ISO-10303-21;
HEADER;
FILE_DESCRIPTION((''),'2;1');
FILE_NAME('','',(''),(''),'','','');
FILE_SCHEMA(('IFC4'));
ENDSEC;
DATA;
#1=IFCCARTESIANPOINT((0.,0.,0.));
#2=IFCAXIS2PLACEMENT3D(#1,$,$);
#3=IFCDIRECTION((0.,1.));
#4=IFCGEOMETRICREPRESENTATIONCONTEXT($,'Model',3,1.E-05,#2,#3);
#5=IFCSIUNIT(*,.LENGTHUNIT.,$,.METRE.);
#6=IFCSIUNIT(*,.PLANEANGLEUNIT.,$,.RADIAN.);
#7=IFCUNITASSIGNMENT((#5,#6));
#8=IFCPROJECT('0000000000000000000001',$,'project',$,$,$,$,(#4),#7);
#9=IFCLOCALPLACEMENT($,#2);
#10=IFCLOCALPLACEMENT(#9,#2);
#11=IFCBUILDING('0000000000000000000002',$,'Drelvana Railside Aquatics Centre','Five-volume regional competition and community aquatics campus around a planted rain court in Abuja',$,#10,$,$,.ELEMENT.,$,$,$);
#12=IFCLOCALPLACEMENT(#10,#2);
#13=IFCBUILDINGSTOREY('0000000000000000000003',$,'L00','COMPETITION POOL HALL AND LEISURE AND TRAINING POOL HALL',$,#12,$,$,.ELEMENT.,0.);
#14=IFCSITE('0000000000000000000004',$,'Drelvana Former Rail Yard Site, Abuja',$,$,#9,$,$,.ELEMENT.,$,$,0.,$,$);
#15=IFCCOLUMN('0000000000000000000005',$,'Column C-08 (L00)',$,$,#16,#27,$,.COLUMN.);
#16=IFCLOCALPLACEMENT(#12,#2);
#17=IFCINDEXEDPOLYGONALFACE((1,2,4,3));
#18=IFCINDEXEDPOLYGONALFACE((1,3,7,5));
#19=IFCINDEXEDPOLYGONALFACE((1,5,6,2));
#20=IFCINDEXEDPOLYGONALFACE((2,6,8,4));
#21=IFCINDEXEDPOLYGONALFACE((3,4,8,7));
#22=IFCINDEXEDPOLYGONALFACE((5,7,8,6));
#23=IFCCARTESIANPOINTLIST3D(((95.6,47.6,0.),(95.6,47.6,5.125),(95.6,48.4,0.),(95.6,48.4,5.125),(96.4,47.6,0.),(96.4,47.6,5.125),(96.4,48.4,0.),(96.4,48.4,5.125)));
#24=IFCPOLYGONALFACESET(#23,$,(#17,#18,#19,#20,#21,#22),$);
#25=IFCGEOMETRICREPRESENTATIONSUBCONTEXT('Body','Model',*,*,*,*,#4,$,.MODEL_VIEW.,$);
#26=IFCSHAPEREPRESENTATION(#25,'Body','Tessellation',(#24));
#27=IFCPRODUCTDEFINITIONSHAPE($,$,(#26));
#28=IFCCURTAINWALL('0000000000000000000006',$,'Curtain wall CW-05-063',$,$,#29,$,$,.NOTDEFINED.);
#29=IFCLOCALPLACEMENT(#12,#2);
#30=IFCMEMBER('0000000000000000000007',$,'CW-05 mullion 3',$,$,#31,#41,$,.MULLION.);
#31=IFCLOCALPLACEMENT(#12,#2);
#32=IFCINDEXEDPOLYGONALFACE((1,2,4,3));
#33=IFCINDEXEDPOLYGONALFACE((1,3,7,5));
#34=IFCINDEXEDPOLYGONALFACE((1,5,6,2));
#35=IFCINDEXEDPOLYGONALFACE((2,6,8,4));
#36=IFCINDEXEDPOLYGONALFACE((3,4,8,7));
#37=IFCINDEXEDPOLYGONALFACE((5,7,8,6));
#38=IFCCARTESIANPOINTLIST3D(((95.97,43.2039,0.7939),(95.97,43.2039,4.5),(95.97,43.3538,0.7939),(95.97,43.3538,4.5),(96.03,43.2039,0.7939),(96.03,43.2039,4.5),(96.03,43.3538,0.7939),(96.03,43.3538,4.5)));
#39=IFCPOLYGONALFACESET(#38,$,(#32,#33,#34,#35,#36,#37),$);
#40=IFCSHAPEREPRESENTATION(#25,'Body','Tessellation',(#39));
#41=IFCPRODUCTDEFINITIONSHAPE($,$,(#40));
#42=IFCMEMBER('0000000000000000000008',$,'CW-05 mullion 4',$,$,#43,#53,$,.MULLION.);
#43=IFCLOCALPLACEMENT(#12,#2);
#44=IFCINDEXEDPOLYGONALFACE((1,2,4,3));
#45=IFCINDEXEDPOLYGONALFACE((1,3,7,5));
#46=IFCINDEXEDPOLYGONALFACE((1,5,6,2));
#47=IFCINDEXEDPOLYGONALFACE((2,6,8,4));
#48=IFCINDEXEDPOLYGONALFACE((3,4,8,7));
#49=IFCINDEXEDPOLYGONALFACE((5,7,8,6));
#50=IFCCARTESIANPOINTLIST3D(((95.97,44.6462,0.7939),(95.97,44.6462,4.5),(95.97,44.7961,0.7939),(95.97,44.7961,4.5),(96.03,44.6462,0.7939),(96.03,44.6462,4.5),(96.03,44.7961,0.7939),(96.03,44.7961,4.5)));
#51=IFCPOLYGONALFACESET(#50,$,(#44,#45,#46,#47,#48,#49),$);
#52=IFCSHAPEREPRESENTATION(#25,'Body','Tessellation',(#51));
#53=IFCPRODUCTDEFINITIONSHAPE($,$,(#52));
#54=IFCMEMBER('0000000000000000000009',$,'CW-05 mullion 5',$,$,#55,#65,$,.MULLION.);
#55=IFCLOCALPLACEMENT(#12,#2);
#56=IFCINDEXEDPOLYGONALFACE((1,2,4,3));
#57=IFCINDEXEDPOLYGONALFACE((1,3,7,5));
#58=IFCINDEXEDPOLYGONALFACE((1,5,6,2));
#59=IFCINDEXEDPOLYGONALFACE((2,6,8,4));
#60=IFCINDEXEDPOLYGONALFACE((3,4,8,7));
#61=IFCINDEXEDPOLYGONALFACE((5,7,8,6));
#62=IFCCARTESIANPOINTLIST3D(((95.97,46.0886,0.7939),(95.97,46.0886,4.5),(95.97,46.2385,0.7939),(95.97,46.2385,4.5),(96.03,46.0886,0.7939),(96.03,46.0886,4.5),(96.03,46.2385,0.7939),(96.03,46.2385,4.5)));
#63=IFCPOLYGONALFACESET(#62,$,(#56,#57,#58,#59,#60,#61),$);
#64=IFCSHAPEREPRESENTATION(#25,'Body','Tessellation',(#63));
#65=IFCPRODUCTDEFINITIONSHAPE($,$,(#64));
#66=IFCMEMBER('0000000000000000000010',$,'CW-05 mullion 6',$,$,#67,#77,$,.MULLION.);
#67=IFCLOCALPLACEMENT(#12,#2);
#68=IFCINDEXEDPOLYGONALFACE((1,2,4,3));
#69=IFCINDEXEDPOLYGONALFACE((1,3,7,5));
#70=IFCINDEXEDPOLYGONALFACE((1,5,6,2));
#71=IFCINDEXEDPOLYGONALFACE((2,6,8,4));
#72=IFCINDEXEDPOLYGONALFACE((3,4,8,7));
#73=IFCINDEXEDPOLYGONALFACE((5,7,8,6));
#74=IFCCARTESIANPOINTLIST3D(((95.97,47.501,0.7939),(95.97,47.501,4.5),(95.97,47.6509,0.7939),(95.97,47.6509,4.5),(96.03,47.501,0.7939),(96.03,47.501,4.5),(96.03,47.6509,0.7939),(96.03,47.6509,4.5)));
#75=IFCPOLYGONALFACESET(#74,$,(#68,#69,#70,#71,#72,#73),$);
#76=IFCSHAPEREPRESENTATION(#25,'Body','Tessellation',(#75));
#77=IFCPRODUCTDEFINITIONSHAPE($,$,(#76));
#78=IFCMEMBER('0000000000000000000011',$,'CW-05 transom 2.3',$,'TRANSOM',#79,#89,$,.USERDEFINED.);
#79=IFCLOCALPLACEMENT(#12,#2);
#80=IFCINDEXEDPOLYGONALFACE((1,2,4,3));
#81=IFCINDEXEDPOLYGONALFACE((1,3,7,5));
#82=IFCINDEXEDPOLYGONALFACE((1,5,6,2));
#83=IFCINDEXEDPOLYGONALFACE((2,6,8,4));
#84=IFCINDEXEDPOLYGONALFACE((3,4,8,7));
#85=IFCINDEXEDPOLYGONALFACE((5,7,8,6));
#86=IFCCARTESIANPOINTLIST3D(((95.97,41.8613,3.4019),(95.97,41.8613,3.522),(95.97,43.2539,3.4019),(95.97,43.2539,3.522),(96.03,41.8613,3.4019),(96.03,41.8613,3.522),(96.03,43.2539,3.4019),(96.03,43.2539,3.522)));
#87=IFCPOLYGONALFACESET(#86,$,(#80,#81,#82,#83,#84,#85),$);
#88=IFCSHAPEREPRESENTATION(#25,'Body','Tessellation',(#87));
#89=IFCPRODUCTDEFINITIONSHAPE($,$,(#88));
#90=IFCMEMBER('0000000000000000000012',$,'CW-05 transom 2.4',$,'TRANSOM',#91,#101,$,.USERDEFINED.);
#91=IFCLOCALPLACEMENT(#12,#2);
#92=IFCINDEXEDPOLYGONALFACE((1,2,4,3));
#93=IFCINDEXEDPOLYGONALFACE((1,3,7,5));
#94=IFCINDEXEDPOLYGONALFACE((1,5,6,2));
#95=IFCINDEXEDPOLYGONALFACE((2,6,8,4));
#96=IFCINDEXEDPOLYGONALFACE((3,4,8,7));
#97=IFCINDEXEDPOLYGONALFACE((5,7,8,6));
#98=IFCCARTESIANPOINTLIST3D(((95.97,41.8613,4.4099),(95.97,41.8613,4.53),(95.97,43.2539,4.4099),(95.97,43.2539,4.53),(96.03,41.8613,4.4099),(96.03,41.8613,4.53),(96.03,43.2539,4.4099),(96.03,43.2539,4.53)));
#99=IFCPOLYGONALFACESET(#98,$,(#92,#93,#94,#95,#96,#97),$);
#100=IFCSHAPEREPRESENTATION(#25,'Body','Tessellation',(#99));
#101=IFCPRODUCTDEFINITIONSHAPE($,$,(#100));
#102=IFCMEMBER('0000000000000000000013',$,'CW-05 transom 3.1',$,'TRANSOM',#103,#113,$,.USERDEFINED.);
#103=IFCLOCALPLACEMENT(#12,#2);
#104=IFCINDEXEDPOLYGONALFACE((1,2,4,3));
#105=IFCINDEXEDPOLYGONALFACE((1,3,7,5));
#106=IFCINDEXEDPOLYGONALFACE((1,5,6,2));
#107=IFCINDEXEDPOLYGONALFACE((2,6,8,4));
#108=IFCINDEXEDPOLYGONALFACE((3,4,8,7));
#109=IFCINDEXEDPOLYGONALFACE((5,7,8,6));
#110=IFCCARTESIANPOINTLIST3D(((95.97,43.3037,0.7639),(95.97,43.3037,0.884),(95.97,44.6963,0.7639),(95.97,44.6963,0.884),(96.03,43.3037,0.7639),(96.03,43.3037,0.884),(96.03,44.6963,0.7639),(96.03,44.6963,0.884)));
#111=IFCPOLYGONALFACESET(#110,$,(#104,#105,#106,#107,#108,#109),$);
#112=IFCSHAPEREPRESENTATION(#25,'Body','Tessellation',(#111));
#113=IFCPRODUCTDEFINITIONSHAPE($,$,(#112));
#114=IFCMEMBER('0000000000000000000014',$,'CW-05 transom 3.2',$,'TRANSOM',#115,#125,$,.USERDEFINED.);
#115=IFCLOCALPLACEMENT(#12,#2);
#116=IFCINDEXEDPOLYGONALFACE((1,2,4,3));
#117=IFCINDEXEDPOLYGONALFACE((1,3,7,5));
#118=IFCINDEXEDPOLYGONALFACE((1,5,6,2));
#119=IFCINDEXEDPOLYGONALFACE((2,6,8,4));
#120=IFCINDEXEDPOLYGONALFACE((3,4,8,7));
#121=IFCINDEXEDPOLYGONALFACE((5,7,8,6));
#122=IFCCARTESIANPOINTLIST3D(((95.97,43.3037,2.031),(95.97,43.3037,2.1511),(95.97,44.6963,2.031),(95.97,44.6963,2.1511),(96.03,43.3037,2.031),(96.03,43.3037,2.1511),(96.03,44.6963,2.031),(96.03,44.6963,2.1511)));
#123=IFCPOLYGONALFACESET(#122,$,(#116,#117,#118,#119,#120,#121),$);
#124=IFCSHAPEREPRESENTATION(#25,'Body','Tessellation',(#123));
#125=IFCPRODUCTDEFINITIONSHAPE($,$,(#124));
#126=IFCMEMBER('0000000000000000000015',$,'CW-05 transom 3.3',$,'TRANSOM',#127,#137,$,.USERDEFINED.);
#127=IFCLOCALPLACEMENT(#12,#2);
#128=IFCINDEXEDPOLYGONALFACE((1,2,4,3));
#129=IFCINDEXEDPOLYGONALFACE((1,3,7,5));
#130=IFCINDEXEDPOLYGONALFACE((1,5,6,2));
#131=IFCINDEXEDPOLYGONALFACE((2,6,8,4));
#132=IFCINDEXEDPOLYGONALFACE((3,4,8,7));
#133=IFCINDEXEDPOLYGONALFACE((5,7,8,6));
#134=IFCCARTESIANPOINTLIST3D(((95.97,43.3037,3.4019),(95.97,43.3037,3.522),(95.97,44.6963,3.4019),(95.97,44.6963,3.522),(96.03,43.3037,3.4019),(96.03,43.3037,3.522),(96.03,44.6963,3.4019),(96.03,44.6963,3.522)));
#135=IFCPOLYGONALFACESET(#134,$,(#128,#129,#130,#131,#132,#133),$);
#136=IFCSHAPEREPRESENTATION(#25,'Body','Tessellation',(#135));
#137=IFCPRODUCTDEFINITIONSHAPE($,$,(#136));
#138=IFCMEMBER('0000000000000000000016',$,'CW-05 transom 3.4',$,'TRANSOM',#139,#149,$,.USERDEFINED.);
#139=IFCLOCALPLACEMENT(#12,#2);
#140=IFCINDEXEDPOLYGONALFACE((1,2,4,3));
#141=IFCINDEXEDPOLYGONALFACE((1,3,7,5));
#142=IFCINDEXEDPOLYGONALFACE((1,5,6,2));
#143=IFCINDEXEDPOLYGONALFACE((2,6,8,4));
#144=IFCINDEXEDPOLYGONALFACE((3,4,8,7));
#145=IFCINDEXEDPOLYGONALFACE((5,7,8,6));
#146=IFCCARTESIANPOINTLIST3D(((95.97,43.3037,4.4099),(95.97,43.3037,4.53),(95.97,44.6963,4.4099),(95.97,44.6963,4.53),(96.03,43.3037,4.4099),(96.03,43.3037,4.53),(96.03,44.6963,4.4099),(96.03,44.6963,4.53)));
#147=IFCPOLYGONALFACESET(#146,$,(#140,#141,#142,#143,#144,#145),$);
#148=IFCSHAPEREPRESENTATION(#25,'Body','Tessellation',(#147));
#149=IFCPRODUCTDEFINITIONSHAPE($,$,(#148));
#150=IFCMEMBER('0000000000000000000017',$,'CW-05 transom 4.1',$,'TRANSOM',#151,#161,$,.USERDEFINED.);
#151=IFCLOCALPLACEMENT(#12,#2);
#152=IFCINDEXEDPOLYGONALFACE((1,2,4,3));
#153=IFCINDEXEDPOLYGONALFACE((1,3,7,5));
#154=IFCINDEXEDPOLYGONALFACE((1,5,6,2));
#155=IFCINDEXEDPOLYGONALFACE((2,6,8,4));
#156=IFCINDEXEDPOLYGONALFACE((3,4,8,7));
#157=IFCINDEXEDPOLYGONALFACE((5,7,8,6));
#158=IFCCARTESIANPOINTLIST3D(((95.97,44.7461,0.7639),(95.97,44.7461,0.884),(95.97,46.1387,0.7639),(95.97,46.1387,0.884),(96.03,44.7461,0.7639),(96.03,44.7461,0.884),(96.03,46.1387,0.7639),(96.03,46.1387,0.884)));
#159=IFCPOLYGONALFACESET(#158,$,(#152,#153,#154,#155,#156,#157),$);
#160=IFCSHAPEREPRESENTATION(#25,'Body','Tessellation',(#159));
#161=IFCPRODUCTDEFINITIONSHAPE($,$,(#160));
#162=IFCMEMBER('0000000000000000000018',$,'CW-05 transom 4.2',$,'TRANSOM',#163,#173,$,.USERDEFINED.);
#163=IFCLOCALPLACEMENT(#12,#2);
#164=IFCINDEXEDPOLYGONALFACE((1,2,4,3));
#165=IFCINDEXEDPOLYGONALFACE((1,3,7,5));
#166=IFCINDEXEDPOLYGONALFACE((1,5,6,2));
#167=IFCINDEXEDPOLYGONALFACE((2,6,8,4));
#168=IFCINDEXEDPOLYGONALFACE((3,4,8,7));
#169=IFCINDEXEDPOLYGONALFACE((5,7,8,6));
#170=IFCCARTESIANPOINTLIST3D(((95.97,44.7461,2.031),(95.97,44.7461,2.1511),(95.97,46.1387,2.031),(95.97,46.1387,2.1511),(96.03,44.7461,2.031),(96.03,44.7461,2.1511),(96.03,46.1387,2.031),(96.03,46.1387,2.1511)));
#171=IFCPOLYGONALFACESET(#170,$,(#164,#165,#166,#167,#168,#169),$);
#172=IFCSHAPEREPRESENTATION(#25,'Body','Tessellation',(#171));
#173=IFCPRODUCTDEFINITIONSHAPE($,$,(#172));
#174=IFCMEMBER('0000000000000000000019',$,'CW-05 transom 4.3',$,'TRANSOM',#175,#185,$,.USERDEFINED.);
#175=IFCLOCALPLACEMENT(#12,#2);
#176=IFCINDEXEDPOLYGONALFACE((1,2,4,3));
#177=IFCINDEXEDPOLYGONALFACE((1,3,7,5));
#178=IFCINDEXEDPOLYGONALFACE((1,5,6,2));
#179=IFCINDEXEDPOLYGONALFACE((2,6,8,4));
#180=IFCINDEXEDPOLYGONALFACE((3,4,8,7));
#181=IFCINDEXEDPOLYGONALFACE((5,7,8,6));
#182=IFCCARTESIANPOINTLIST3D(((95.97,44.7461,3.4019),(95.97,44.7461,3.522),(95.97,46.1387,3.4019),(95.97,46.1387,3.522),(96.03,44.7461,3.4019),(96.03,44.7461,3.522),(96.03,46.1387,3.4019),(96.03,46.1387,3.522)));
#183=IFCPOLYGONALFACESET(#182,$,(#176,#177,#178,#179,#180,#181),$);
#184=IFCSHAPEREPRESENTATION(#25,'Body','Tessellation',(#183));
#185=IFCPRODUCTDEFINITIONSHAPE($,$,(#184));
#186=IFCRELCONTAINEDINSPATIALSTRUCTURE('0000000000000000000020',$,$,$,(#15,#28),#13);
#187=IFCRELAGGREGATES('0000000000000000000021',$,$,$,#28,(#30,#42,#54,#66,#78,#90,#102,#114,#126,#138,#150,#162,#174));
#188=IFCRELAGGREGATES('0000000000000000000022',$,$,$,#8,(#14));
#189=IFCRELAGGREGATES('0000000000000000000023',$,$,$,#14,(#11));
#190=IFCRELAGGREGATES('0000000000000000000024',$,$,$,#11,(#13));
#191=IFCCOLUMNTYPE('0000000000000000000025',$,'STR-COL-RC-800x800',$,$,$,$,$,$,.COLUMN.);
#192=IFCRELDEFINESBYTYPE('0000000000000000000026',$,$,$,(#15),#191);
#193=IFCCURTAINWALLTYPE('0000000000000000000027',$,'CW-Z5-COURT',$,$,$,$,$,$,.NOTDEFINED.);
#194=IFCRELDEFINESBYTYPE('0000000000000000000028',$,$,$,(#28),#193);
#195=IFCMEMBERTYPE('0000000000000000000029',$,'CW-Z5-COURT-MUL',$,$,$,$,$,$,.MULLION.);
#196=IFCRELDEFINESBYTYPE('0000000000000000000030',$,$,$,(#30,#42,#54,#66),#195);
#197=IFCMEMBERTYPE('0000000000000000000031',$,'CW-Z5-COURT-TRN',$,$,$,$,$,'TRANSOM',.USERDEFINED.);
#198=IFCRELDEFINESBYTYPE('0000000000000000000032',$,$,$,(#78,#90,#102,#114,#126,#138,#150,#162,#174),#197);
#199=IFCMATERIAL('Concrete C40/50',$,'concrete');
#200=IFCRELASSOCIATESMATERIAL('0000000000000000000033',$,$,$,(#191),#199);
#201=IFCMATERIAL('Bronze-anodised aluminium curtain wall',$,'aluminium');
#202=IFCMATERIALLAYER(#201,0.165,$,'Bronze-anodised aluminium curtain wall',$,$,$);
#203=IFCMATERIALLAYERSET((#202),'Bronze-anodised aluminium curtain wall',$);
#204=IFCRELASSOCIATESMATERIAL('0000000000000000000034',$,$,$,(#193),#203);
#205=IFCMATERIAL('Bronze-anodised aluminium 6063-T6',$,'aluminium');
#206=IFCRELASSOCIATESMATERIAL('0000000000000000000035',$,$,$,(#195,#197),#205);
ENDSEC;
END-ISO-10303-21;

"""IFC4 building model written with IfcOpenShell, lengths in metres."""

from ifc_helpers import new_model, si_unit, direction, frame, origin, origin_2d, place, context, subcontext, project, spatial, rectangle, extrude, material, layer, layer_set, material_profile, profile_set, type_object, element, aggregate, save


model = new_model("IFC4")

# Units and contexts
model_context = context("Model", 3, precision=1e-05, world=origin(), true_north=direction((0.0, 1.0)))
body_context = subcontext(model_context, "Body", "Model", "MODEL_VIEW")
ifc_project = project(units=[si_unit("LENGTHUNIT", "METRE"), si_unit("PLANEANGLEUNIT", "RADIAN")], contexts=[model_context])

# Site, building, storey
site_placement = place(None, origin())
site = spatial("IfcSite", under=ifc_project, at=site_placement, Name="Drelvana Former Rail Yard Site, Abuja", CompositionType="ELEMENT", RefElevation=0.0)
building_placement = place(site_placement, origin())
building = spatial("IfcBuilding", under=site, at=building_placement, Name="Drelvana Railside Aquatics Centre", Description="Five-volume regional competition and community aquatics campus around a planted rain court in Abuja", CompositionType="ELEMENT")
storey_placement = place(building_placement, origin())
storey = spatial("IfcBuildingStorey", under=building, at=storey_placement, Name="L00", Description="COMPETITION POOL HALL AND LEISURE AND TRAINING POOL HALL", CompositionType="ELEMENT", Elevation=0.0)

# Column
ifc_material_1 = material(Name="Concrete C40/50", Category="concrete")
ifc_material_profile_1 = material_profile(ifc_material_1, rectangle(XDim=0.8, YDim=0.8, at=origin_2d()), Name="RC 800x800")
ifc_profile_set_1 = profile_set([ifc_material_profile_1], Name="Concrete C40/50")
column_type = type_object("IfcColumnType", Name="STR-COL-RC-800x800", PredefinedType="COLUMN", material=ifc_profile_set_1)
column_placement = place(storey_placement, frame((96.0, 48.0, 0.0), z_axis=(0.0, 0.0, 1.0), x_axis=(1.0, 0.0, 0.0)))
element("IfcColumn", 1, at=column_placement, inside=storey, type_object=column_type, Name="Column C-08 (L00)", PredefinedType="COLUMN", context=body_context, shape_type="SweptSolid", body=[
    extrude(rectangle(XDim=0.8, YDim=0.8, at=origin_2d()), origin(), (0.0, 0.0, 1.0), 5.125),
])

# Curtain wall, members
ifc_material_2 = material(Name="Bronze-anodised aluminium curtain wall", Category="aluminium")
ifc_layer_1 = layer(ifc_material_2, 0.165, Name="Bronze-anodised aluminium curtain wall")
ifc_layer_set_1 = layer_set([ifc_layer_1], Name="Bronze-anodised aluminium curtain wall")
curtain_wall_type = type_object("IfcCurtainWallType", Name="CW-Z5-COURT", PredefinedType="NOTDEFINED", material=ifc_layer_set_1)
curtain_wall_placement = place(storey_placement, origin())
curtain_wall = element("IfcCurtainWall", 2, at=curtain_wall_placement, inside=storey, type_object=curtain_wall_type, Name="Curtain wall CW-05-063", PredefinedType="NOTDEFINED")
ifc_material_3 = material(Name="Bronze-anodised aluminium 6063-T6", Category="aluminium")
ifc_material_profile_2 = material_profile(ifc_material_3, rectangle(XDim=0.0601, YDim=0.1499, at=origin_2d()), Name="ALU-M 60x150")
ifc_profile_set_2 = profile_set([ifc_material_profile_2], Name="Bronze-anodised aluminium 6063-T6")
member_type_1 = type_object("IfcMemberType", Name="CW-Z5-COURT-MUL", PredefinedType="MULLION", material=ifc_profile_set_2)
member_1_placement = place(storey_placement, frame((96.0, 43.2788, 0.7939), z_axis=(0.0, 0.0, 1.0), x_axis=(-1.0, 0.0, 0.0)))
member_1 = element("IfcMember", 3, at=member_1_placement, type_object=member_type_1, Name="CW-05 mullion 3", PredefinedType="MULLION", context=body_context, shape_type="SweptSolid", body=[
    extrude(rectangle(XDim=0.0601, YDim=0.1499, at=origin_2d()), origin(), (0.0, 0.0, 1.0), 3.7061),
])
member_2_placement = place(storey_placement, frame((96.0, 44.7212, 0.7939), z_axis=(0.0, 0.0, 1.0), x_axis=(-1.0, 0.0, 0.0)))
member_2 = element("IfcMember", 4, at=member_2_placement, type_object=member_type_1, Name="CW-05 mullion 4", PredefinedType="MULLION", context=body_context, shape_type="SweptSolid", body=[
    extrude(rectangle(XDim=0.0601, YDim=0.1499, at=origin_2d()), origin(), (0.0, 0.0, 1.0), 3.7061),
])
member_3_placement = place(storey_placement, frame((96.0, 46.1636, 0.7939), z_axis=(0.0, 0.0, 1.0), x_axis=(-1.0, 0.0, 0.0)))
member_3 = element("IfcMember", 5, at=member_3_placement, type_object=member_type_1, Name="CW-05 mullion 5", PredefinedType="MULLION", context=body_context, shape_type="SweptSolid", body=[
    extrude(rectangle(XDim=0.0601, YDim=0.1499, at=origin_2d()), origin(), (0.0, 0.0, 1.0), 3.7061),
])
member_4_placement = place(storey_placement, frame((96.0, 47.5759, 0.7939), z_axis=(0.0, 0.0, 1.0), x_axis=(-1.0, 0.0, 0.0)))
member_4 = element("IfcMember", 6, at=member_4_placement, type_object=member_type_1, Name="CW-05 mullion 6", PredefinedType="MULLION", context=body_context, shape_type="SweptSolid", body=[
    extrude(rectangle(XDim=0.0601, YDim=0.1499, at=origin_2d()), origin(), (0.0, 0.0, 1.0), 3.7061),
])
ifc_material_profile_3 = material_profile(ifc_material_3, rectangle(XDim=0.1201, YDim=0.0601, at=origin_2d()), Name="ALU-T 60x120")
ifc_profile_set_3 = profile_set([ifc_material_profile_3], Name="Bronze-anodised aluminium 6063-T6")
member_type_2 = type_object("IfcMemberType", Name="CW-Z5-COURT-TRN", ElementType="TRANSOM", PredefinedType="USERDEFINED", material=ifc_profile_set_3)
member_5_placement = place(storey_placement, frame((96.0, 41.8613, 3.4619), z_axis=(0.0, 1.0, 0.0), x_axis=(0.0, 0.0, 1.0)))
member_5 = element("IfcMember", 7, at=member_5_placement, type_object=member_type_2, Name="CW-05 transom 2.3", ObjectType="TRANSOM", PredefinedType="USERDEFINED", context=body_context, shape_type="SweptSolid", body=[
    extrude(rectangle(XDim=0.1201, YDim=0.0601, at=origin_2d()), origin(), (0.0, 0.0, 1.0), 1.3926),
])
member_6_placement = place(storey_placement, frame((96.0, 41.8613, 4.47), z_axis=(0.0, 1.0, 0.0), x_axis=(0.0, 0.0, 1.0)))
member_6 = element("IfcMember", 8, at=member_6_placement, type_object=member_type_2, Name="CW-05 transom 2.4", ObjectType="TRANSOM", PredefinedType="USERDEFINED", context=body_context, shape_type="SweptSolid", body=[
    extrude(rectangle(XDim=0.1201, YDim=0.0601, at=origin_2d()), origin(), (0.0, 0.0, 1.0), 1.3926),
])
member_7_placement = place(storey_placement, frame((96.0, 43.3037, 0.824), z_axis=(0.0, 1.0, 0.0), x_axis=(0.0, 0.0, 1.0)))
member_7 = element("IfcMember", 9, at=member_7_placement, type_object=member_type_2, Name="CW-05 transom 3.1", ObjectType="TRANSOM", PredefinedType="USERDEFINED", context=body_context, shape_type="SweptSolid", body=[
    extrude(rectangle(XDim=0.1201, YDim=0.0601, at=origin_2d()), origin(), (0.0, 0.0, 1.0), 1.3926),
])
member_8_placement = place(storey_placement, frame((96.0, 43.3037, 2.0911), z_axis=(0.0, 1.0, 0.0), x_axis=(0.0, 0.0, 1.0)))
member_8 = element("IfcMember", 10, at=member_8_placement, type_object=member_type_2, Name="CW-05 transom 3.2", ObjectType="TRANSOM", PredefinedType="USERDEFINED", context=body_context, shape_type="SweptSolid", body=[
    extrude(rectangle(XDim=0.1201, YDim=0.0601, at=origin_2d()), origin(), (0.0, 0.0, 1.0), 1.3926),
])
member_9_placement = place(storey_placement, frame((96.0, 43.3037, 3.4619), z_axis=(0.0, 1.0, 0.0), x_axis=(0.0, 0.0, 1.0)))
member_9 = element("IfcMember", 11, at=member_9_placement, type_object=member_type_2, Name="CW-05 transom 3.3", ObjectType="TRANSOM", PredefinedType="USERDEFINED", context=body_context, shape_type="SweptSolid", body=[
    extrude(rectangle(XDim=0.1201, YDim=0.0601, at=origin_2d()), origin(), (0.0, 0.0, 1.0), 1.3926),
])
member_10_placement = place(storey_placement, frame((96.0, 43.3037, 4.47), z_axis=(0.0, 1.0, 0.0), x_axis=(0.0, 0.0, 1.0)))
member_10 = element("IfcMember", 12, at=member_10_placement, type_object=member_type_2, Name="CW-05 transom 3.4", ObjectType="TRANSOM", PredefinedType="USERDEFINED", context=body_context, shape_type="SweptSolid", body=[
    extrude(rectangle(XDim=0.1201, YDim=0.0601, at=origin_2d()), origin(), (0.0, 0.0, 1.0), 1.3926),
])
member_11_placement = place(storey_placement, frame((96.0, 44.7461, 0.824), z_axis=(0.0, 1.0, 0.0), x_axis=(0.0, 0.0, 1.0)))
member_11 = element("IfcMember", 13, at=member_11_placement, type_object=member_type_2, Name="CW-05 transom 4.1", ObjectType="TRANSOM", PredefinedType="USERDEFINED", context=body_context, shape_type="SweptSolid", body=[
    extrude(rectangle(XDim=0.1201, YDim=0.0601, at=origin_2d()), origin(), (0.0, 0.0, 1.0), 1.3926),
])
member_12_placement = place(storey_placement, frame((96.0, 44.7461, 2.0911), z_axis=(0.0, 1.0, 0.0), x_axis=(0.0, 0.0, 1.0)))
member_12 = element("IfcMember", 14, at=member_12_placement, type_object=member_type_2, Name="CW-05 transom 4.2", ObjectType="TRANSOM", PredefinedType="USERDEFINED", context=body_context, shape_type="SweptSolid", body=[
    extrude(rectangle(XDim=0.1201, YDim=0.0601, at=origin_2d()), origin(), (0.0, 0.0, 1.0), 1.3926),
])
member_13_placement = place(storey_placement, frame((96.0, 44.7461, 3.4619), z_axis=(0.0, 1.0, 0.0), x_axis=(0.0, 0.0, 1.0)))
member_13 = element("IfcMember", 15, at=member_13_placement, type_object=member_type_2, Name="CW-05 transom 4.3", ObjectType="TRANSOM", PredefinedType="USERDEFINED", context=body_context, shape_type="SweptSolid", body=[
    extrude(rectangle(XDim=0.1201, YDim=0.0601, at=origin_2d()), origin(), (0.0, 0.0, 1.0), 1.3926),
])

aggregate(curtain_wall, [member_1, member_2, member_3, member_4, member_5, member_6, member_7, member_8, member_9, member_10, member_11, member_12, member_13])

save(model, "model.ifc")
